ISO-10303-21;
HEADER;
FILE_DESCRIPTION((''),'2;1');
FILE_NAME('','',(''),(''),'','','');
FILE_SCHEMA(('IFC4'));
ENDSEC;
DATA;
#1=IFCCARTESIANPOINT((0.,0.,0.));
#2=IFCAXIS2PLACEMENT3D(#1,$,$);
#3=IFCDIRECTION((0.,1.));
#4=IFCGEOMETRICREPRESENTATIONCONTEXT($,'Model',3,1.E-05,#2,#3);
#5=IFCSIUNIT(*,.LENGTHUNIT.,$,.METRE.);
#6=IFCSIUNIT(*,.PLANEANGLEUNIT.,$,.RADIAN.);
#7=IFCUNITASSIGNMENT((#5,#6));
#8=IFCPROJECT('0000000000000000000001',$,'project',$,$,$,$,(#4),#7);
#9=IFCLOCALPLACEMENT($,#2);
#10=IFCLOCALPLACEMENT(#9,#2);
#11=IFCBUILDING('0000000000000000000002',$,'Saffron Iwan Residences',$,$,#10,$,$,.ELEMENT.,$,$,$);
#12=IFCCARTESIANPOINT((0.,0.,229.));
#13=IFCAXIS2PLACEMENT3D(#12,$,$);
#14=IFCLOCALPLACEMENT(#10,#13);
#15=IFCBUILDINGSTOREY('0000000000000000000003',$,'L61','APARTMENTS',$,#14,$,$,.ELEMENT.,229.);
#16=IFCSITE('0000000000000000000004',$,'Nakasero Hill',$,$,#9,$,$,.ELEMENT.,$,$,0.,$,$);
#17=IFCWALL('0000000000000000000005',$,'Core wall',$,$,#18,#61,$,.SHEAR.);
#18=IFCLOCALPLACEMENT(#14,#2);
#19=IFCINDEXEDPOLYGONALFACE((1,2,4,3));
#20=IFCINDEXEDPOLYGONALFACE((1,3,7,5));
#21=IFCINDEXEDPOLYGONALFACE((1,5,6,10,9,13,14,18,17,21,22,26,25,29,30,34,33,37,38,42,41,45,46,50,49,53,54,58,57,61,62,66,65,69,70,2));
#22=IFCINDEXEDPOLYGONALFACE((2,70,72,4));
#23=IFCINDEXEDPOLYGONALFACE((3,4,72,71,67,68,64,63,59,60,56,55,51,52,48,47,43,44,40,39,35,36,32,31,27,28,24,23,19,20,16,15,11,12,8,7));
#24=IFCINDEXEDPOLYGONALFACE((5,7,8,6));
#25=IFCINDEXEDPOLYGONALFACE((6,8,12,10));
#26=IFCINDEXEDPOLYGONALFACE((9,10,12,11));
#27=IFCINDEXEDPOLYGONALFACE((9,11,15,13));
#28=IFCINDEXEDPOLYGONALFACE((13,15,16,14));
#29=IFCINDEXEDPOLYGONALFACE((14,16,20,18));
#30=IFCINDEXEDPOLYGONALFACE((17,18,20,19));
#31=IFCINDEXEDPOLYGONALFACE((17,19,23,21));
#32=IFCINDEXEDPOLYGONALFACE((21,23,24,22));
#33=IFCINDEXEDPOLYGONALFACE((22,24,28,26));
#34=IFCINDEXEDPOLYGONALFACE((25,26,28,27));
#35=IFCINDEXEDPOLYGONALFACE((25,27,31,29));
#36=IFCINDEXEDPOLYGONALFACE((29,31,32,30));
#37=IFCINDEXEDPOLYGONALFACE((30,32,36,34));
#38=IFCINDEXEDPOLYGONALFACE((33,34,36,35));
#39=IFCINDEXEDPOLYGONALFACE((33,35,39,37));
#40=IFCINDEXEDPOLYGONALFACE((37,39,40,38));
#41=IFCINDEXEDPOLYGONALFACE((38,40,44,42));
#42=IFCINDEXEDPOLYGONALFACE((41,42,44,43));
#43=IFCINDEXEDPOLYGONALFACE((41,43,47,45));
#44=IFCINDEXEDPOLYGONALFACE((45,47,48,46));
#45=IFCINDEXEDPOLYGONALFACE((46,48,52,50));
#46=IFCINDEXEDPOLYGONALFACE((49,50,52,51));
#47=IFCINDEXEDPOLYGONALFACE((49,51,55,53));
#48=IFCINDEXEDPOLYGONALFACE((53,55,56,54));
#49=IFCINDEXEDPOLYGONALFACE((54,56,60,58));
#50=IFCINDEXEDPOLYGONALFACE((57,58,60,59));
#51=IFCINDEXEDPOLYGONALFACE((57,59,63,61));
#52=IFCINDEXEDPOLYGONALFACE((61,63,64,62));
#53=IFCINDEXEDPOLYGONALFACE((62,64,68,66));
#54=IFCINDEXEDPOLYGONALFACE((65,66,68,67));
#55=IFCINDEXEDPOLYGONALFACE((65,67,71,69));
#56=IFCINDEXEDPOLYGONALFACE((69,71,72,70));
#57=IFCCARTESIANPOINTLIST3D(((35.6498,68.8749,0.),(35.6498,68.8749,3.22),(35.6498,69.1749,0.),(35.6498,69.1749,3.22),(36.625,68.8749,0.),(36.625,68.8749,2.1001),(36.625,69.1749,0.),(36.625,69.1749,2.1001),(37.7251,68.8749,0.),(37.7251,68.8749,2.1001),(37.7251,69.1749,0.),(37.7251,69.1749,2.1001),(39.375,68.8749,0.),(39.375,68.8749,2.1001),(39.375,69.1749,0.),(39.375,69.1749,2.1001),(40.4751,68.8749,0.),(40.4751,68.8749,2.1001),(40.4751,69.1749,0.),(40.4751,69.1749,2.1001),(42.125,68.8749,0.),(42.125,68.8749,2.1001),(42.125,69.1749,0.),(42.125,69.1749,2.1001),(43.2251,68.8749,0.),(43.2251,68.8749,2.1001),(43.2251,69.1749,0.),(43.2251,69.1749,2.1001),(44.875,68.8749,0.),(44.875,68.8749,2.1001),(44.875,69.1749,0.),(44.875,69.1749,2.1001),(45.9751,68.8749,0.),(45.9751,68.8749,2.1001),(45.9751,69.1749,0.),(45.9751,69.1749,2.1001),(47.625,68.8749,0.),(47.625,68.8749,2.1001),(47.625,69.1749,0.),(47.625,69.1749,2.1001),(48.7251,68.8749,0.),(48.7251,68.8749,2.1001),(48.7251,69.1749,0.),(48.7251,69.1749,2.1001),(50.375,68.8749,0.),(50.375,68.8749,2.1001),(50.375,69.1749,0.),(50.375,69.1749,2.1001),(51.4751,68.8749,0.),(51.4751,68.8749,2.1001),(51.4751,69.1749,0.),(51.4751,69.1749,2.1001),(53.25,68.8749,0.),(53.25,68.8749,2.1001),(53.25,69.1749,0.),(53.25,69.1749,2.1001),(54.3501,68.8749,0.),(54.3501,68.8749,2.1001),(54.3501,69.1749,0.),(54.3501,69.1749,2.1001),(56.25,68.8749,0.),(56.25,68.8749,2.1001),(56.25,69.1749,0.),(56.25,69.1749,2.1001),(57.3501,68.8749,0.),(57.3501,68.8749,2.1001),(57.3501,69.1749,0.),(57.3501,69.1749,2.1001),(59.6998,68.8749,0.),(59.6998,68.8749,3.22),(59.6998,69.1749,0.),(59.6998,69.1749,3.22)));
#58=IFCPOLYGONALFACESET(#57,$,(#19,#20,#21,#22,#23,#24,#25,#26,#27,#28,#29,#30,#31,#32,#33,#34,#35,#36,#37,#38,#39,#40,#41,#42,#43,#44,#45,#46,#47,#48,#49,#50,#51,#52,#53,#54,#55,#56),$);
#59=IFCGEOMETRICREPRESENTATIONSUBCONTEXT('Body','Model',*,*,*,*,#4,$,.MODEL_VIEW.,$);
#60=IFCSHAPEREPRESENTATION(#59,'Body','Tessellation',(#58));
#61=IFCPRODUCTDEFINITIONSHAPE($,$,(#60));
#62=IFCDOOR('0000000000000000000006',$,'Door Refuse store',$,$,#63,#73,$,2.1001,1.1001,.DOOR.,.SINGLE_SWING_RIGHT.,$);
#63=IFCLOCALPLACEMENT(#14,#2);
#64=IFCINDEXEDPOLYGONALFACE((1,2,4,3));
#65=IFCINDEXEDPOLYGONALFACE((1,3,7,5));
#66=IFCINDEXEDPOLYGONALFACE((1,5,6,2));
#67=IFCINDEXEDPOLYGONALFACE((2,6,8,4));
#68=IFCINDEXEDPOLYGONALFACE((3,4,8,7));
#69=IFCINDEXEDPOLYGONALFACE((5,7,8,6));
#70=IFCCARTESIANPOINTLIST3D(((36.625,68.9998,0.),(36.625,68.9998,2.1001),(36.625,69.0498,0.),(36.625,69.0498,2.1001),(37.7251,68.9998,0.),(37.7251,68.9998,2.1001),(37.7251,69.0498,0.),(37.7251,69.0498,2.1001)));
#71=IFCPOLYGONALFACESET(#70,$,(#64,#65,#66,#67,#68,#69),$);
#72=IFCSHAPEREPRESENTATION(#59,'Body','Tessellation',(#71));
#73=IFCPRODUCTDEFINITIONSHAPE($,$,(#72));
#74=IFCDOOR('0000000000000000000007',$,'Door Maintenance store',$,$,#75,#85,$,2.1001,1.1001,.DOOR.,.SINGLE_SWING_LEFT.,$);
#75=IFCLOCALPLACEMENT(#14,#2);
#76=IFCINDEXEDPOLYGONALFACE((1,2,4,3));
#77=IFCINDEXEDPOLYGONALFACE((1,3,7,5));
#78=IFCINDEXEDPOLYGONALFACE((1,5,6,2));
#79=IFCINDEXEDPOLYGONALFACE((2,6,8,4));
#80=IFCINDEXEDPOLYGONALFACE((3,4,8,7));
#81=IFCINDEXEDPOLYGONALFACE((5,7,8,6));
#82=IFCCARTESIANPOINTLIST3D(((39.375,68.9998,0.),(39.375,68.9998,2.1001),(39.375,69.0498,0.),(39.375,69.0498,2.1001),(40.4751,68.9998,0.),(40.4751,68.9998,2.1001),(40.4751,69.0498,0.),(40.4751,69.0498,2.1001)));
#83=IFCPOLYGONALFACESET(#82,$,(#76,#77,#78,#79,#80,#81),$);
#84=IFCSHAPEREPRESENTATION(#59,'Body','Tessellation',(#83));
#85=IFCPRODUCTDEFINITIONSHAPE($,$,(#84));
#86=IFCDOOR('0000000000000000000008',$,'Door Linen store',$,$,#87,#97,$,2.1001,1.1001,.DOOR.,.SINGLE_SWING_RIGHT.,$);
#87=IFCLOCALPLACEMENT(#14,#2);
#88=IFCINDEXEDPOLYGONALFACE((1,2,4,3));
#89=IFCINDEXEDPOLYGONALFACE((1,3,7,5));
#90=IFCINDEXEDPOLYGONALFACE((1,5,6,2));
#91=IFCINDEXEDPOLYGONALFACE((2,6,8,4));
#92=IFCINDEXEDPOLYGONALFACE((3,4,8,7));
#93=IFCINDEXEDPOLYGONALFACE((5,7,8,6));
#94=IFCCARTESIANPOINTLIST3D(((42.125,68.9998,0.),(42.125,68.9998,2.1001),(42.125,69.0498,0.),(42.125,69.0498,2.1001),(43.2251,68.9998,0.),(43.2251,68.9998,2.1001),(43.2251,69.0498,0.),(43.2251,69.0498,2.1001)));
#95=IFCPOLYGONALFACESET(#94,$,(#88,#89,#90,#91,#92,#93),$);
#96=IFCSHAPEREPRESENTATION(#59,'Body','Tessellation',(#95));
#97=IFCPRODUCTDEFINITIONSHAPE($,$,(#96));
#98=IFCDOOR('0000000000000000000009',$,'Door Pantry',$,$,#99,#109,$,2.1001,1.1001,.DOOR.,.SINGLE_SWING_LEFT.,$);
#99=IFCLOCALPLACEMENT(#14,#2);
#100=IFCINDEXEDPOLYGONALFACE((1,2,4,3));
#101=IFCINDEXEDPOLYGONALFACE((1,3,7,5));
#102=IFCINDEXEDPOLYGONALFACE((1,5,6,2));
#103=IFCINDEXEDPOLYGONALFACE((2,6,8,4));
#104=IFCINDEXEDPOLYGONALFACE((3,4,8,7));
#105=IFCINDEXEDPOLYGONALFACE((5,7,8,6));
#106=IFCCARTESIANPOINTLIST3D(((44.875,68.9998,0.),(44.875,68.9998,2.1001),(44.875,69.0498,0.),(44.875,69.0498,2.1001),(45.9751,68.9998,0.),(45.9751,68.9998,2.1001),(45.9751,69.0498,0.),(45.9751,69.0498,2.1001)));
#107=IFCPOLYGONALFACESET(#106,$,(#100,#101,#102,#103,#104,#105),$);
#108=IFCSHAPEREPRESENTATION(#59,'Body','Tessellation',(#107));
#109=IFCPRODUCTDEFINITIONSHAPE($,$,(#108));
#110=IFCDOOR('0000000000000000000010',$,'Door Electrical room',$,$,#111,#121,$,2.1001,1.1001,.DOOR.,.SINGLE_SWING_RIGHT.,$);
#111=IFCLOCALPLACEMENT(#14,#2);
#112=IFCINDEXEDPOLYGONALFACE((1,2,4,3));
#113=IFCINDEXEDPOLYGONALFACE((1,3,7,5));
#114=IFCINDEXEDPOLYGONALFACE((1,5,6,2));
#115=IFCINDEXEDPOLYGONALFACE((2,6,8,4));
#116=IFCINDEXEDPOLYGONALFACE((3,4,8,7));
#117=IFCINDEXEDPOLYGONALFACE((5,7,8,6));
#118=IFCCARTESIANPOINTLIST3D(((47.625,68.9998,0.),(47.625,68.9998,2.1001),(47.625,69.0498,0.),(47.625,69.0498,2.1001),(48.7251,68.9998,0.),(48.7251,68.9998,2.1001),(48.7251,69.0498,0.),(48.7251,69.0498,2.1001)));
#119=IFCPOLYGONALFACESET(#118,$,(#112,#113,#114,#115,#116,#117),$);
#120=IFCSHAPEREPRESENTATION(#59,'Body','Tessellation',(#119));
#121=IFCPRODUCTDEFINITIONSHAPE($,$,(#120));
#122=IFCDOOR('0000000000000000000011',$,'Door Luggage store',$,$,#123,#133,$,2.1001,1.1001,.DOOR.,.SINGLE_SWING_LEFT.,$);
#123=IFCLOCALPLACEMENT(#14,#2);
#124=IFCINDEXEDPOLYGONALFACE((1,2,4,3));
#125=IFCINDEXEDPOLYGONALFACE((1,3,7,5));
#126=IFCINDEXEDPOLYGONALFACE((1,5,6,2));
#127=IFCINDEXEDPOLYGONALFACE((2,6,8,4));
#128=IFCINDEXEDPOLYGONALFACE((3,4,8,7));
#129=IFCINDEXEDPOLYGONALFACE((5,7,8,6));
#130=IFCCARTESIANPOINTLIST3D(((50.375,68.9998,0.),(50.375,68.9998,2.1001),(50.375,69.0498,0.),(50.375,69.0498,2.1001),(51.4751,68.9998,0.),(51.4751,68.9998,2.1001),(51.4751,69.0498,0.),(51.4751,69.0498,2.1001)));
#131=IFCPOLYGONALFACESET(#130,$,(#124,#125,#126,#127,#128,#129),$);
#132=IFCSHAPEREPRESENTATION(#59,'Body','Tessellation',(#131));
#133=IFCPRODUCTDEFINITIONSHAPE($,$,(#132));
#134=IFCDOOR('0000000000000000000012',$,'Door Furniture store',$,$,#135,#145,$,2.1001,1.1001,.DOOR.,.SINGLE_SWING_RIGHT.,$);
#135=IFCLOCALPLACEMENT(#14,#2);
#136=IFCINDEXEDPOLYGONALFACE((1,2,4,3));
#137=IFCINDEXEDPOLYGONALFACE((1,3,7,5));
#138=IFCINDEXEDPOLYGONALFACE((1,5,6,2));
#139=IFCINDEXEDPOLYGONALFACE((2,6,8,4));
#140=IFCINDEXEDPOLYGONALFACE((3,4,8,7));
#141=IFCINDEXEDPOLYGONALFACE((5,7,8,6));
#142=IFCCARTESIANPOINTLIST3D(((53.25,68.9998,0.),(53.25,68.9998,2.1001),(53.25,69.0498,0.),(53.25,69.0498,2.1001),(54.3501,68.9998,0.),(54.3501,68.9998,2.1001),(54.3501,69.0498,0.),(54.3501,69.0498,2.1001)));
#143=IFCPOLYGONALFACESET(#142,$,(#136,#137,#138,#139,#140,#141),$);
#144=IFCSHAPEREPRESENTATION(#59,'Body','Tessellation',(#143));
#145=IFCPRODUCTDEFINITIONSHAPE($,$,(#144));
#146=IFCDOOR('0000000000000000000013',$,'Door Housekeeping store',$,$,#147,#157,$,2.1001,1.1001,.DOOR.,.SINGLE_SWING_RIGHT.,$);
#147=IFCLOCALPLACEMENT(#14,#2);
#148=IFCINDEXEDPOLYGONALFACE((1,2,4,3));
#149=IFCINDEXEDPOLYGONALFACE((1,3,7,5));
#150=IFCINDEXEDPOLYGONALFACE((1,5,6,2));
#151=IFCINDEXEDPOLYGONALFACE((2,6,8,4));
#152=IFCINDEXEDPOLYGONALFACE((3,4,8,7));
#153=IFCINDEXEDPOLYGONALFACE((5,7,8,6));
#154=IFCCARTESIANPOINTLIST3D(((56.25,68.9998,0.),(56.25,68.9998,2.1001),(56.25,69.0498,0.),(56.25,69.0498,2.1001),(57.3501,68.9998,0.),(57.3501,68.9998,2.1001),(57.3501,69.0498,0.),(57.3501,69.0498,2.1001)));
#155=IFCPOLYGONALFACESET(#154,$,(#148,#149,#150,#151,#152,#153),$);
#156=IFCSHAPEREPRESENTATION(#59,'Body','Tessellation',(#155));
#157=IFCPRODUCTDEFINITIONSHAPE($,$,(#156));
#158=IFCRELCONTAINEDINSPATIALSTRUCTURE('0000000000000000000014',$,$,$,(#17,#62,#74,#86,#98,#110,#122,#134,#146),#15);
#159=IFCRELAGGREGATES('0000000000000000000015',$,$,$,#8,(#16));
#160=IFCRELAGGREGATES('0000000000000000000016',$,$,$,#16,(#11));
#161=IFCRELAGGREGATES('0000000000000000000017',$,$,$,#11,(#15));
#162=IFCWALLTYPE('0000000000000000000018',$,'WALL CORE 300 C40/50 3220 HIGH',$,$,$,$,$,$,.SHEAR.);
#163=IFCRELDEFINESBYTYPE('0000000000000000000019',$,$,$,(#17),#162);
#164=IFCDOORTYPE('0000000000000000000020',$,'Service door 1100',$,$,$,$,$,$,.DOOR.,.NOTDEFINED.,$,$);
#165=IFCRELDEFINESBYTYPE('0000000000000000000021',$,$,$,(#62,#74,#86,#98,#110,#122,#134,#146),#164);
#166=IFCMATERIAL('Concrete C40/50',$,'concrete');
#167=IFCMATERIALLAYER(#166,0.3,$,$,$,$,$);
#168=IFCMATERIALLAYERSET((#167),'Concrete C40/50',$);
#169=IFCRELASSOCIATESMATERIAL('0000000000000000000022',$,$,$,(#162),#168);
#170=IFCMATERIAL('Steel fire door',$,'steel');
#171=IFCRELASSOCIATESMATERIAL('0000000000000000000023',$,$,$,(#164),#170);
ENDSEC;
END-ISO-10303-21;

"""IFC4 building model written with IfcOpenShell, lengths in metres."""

from ifc_helpers import new_model, si_unit, direction, frame, frame_2d, origin, place, context, subcontext, project, spatial, rectangle, extrude, material, layer, layer_set, type_object, element, fill, save


model = new_model("IFC4")

# Units and contexts
model_context = context("Model", 3, precision=1e-05, world=origin(), true_north=direction((0.0, 1.0)))
body_context = subcontext(model_context, "Body", "Model", "MODEL_VIEW")
ifc_project = project(units=[si_unit("LENGTHUNIT", "METRE"), si_unit("PLANEANGLEUNIT", "RADIAN")], contexts=[model_context])

# Site, building, storey
site_placement = place(None, origin())
site = spatial("IfcSite", under=ifc_project, at=site_placement, Name="Nakasero Hill", CompositionType="ELEMENT", RefElevation=0.0)
building_placement = place(site_placement, origin())
building = spatial("IfcBuilding", under=site, at=building_placement, Name="Saffron Iwan Residences", CompositionType="ELEMENT")
storey_placement = place(building_placement, frame((0.0, 0.0, 229.0)))
storey = spatial("IfcBuildingStorey", under=building, at=storey_placement, Name="L61", Description="APARTMENTS", CompositionType="ELEMENT", Elevation=229.0)

# Wall, openings, doors
ifc_material_1 = material(Name="Concrete C40/50", Category="concrete")
ifc_layer = layer(ifc_material_1, 0.3)
ifc_layer_set = layer_set([ifc_layer], Name="Concrete C40/50")
wall_type = type_object("IfcWallType", Name="WALL CORE 300 C40/50 3220 HIGH", PredefinedType="SHEAR", material=ifc_layer_set)
wall_1_placement = place(storey_placement, frame((35.6499, 69.0249, 0.0), z_axis=(0.0, 0.0, 1.0), x_axis=(1.0, 0.0, 0.0)))
wall_1 = element("IfcWall", 1, at=wall_1_placement, inside=storey, type_object=wall_type, Name="Core wall", PredefinedType="SHEAR", context=body_context, shape_type="SweptSolid", body=[
    extrude(rectangle(XDim=24.05, YDim=0.3, at=frame_2d((12.0249, 0.0))), origin(), (0.0, 0.0, 1.0), 3.22),
])
opening_1_placement = place(wall_1_placement, frame((0.9751, 0.0, 0.0)))
opening_1 = element("IfcOpeningElement", 2, at=opening_1_placement, cuts=wall_1, PredefinedType="OPENING", context=body_context, shape_type="SweptSolid", body=[
    extrude(rectangle(XDim=1.1001, YDim=2.1001, at=frame_2d((0.55, 1.05))), frame((0.0, 0.1602, 0.0), z_axis=(0.0, -1.0, 0.0), x_axis=(1.0, 0.0, 0.0)), (0.0, 0.0, 1.0), 0.3201),
])
opening_2_placement = place(wall_1_placement, frame((3.7251, 0.0, 0.0)))
opening_2 = element("IfcOpeningElement", 3, at=opening_2_placement, cuts=wall_1, PredefinedType="OPENING", context=body_context, shape_type="SweptSolid", body=[
    extrude(rectangle(XDim=1.1001, YDim=2.1001, at=frame_2d((0.55, 1.05))), frame((0.0, 0.1602, 0.0), z_axis=(0.0, -1.0, 0.0), x_axis=(1.0, 0.0, 0.0)), (0.0, 0.0, 1.0), 0.3201),
])
opening_3_placement = place(wall_1_placement, frame((6.4751, 0.0, 0.0)))
opening_3 = element("IfcOpeningElement", 4, at=opening_3_placement, cuts=wall_1, PredefinedType="OPENING", context=body_context, shape_type="SweptSolid", body=[
    extrude(rectangle(XDim=1.1001, YDim=2.1001, at=frame_2d((0.55, 1.05))), frame((0.0, 0.1602, 0.0), z_axis=(0.0, -1.0, 0.0), x_axis=(1.0, 0.0, 0.0)), (0.0, 0.0, 1.0), 0.3201),
])
opening_4_placement = place(wall_1_placement, frame((9.2251, 0.0, 0.0)))
opening_4 = element("IfcOpeningElement", 5, at=opening_4_placement, cuts=wall_1, PredefinedType="OPENING", context=body_context, shape_type="SweptSolid", body=[
    extrude(rectangle(XDim=1.1001, YDim=2.1001, at=frame_2d((0.55, 1.05))), frame((0.0, 0.1602, 0.0), z_axis=(0.0, -1.0, 0.0), x_axis=(1.0, 0.0, 0.0)), (0.0, 0.0, 1.0), 0.3201),
])
opening_5_placement = place(wall_1_placement, frame((11.9751, 0.0, 0.0)))
opening_5 = element("IfcOpeningElement", 6, at=opening_5_placement, cuts=wall_1, PredefinedType="OPENING", context=body_context, shape_type="SweptSolid", body=[
    extrude(rectangle(XDim=1.1001, YDim=2.1001, at=frame_2d((0.55, 1.05))), frame((0.0, 0.1602, 0.0), z_axis=(0.0, -1.0, 0.0), x_axis=(1.0, 0.0, 0.0)), (0.0, 0.0, 1.0), 0.3201),
])
opening_6_placement = place(wall_1_placement, frame((14.7251, 0.0, 0.0)))
opening_6 = element("IfcOpeningElement", 7, at=opening_6_placement, cuts=wall_1, PredefinedType="OPENING", context=body_context, shape_type="SweptSolid", body=[
    extrude(rectangle(XDim=1.1001, YDim=2.1001, at=frame_2d((0.55, 1.05))), frame((0.0, 0.1602, 0.0), z_axis=(0.0, -1.0, 0.0), x_axis=(1.0, 0.0, 0.0)), (0.0, 0.0, 1.0), 0.3201),
])
opening_7_placement = place(wall_1_placement, frame((17.6001, 0.0, 0.0)))
opening_7 = element("IfcOpeningElement", 8, at=opening_7_placement, cuts=wall_1, PredefinedType="OPENING", context=body_context, shape_type="SweptSolid", body=[
    extrude(rectangle(XDim=1.1001, YDim=2.1001, at=frame_2d((0.55, 1.05))), frame((0.0, 0.1602, 0.0), z_axis=(0.0, -1.0, 0.0), x_axis=(1.0, 0.0, 0.0)), (0.0, 0.0, 1.0), 0.3201),
])
opening_8_placement = place(wall_1_placement, frame((20.6001, 0.0, 0.0)))
opening_8 = element("IfcOpeningElement", 9, at=opening_8_placement, cuts=wall_1, PredefinedType="OPENING", context=body_context, shape_type="SweptSolid", body=[
    extrude(rectangle(XDim=1.1001, YDim=2.1001, at=frame_2d((0.55, 1.05))), frame((0.0, 0.1602, 0.0), z_axis=(0.0, -1.0, 0.0), x_axis=(1.0, 0.0, 0.0)), (0.0, 0.0, 1.0), 0.3201),
])
ifc_material_2 = material(Name="Steel fire door", Category="steel")
door_type_1 = type_object("IfcDoorType", Name="Service door 1100", OperationType="NOTDEFINED", PredefinedType="DOOR", material=ifc_material_2)
door_1_placement = place(opening_1_placement, origin())
door_1 = element("IfcDoor", 10, at=door_1_placement, inside=storey, type_object=door_type_1, Name="Door Refuse store", OperationType="SINGLE_SWING_RIGHT", OverallHeight=2.1001, OverallWidth=1.1001, PredefinedType="DOOR", context=body_context, shape_type="SweptSolid", body=[
    extrude(rectangle(XDim=1.1001, YDim=2.1001, at=frame_2d((0.55, 1.05))), frame((0.0, 0.0249, 0.0), z_axis=(0.0, -1.0, 0.0), x_axis=(1.0, 0.0, 0.0)), (0.0, 0.0, 1.0), 0.05),
])
fill(opening_1, door_1)
door_2_placement = place(opening_2_placement, origin())
door_2 = element("IfcDoor", 11, at=door_2_placement, inside=storey, type_object=door_type_1, Name="Door Maintenance store", OperationType="SINGLE_SWING_LEFT", OverallHeight=2.1001, OverallWidth=1.1001, PredefinedType="DOOR", context=body_context, shape_type="SweptSolid", body=[
    extrude(rectangle(XDim=1.1001, YDim=2.1001, at=frame_2d((0.55, 1.05))), frame((0.0, 0.0249, 0.0), z_axis=(0.0, -1.0, 0.0), x_axis=(1.0, 0.0, 0.0)), (0.0, 0.0, 1.0), 0.05),
])
fill(opening_2, door_2)
door_3_placement = place(opening_3_placement, origin())
door_3 = element("IfcDoor", 12, at=door_3_placement, inside=storey, type_object=door_type_1, Name="Door Linen store", OperationType="SINGLE_SWING_RIGHT", OverallHeight=2.1001, OverallWidth=1.1001, PredefinedType="DOOR", context=body_context, shape_type="SweptSolid", body=[
    extrude(rectangle(XDim=1.1001, YDim=2.1001, at=frame_2d((0.55, 1.05))), frame((0.0, 0.0249, 0.0), z_axis=(0.0, -1.0, 0.0), x_axis=(1.0, 0.0, 0.0)), (0.0, 0.0, 1.0), 0.05),
])
fill(opening_3, door_3)
door_4_placement = place(opening_4_placement, origin())
door_4 = element("IfcDoor", 13, at=door_4_placement, inside=storey, type_object=door_type_1, Name="Door Pantry", OperationType="SINGLE_SWING_LEFT", OverallHeight=2.1001, OverallWidth=1.1001, PredefinedType="DOOR", context=body_context, shape_type="SweptSolid", body=[
    extrude(rectangle(XDim=1.1001, YDim=2.1001, at=frame_2d((0.55, 1.05))), frame((0.0, 0.0249, 0.0), z_axis=(0.0, -1.0, 0.0), x_axis=(1.0, 0.0, 0.0)), (0.0, 0.0, 1.0), 0.05),
])
fill(opening_4, door_4)
door_5_placement = place(opening_5_placement, origin())
door_5 = element("IfcDoor", 14, at=door_5_placement, inside=storey, type_object=door_type_1, Name="Door Electrical room", OperationType="SINGLE_SWING_RIGHT", OverallHeight=2.1001, OverallWidth=1.1001, PredefinedType="DOOR", context=body_context, shape_type="SweptSolid", body=[
    extrude(rectangle(XDim=1.1001, YDim=2.1001, at=frame_2d((0.55, 1.05))), frame((0.0, 0.0249, 0.0), z_axis=(0.0, -1.0, 0.0), x_axis=(1.0, 0.0, 0.0)), (0.0, 0.0, 1.0), 0.05),
])
fill(opening_5, door_5)
door_6_placement = place(opening_6_placement, origin())
door_6 = element("IfcDoor", 15, at=door_6_placement, inside=storey, type_object=door_type_1, Name="Door Luggage store", OperationType="SINGLE_SWING_LEFT", OverallHeight=2.1001, OverallWidth=1.1001, PredefinedType="DOOR", context=body_context, shape_type="SweptSolid", body=[
    extrude(rectangle(XDim=1.1001, YDim=2.1001, at=frame_2d((0.55, 1.05))), frame((0.0, 0.0249, 0.0), z_axis=(0.0, -1.0, 0.0), x_axis=(1.0, 0.0, 0.0)), (0.0, 0.0, 1.0), 0.05),
])
fill(opening_6, door_6)
door_7_placement = place(opening_7_placement, origin())
door_7 = element("IfcDoor", 16, at=door_7_placement, inside=storey, type_object=door_type_1, Name="Door Furniture store", OperationType="SINGLE_SWING_RIGHT", OverallHeight=2.1001, OverallWidth=1.1001, PredefinedType="DOOR", context=body_context, shape_type="SweptSolid", body=[
    extrude(rectangle(XDim=1.1001, YDim=2.1001, at=frame_2d((0.55, 1.05))), frame((0.0, 0.0249, 0.0), z_axis=(0.0, -1.0, 0.0), x_axis=(1.0, 0.0, 0.0)), (0.0, 0.0, 1.0), 0.05),
])
fill(opening_7, door_7)
door_8_placement = place(opening_8_placement, origin())
door_8 = element("IfcDoor", 17, at=door_8_placement, inside=storey, type_object=door_type_1, Name="Door Housekeeping store", OperationType="SINGLE_SWING_RIGHT", OverallHeight=2.1001, OverallWidth=1.1001, PredefinedType="DOOR", context=body_context, shape_type="SweptSolid", body=[
    extrude(rectangle(XDim=1.1001, YDim=2.1001, at=frame_2d((0.55, 1.05))), frame((0.0, 0.0249, 0.0), z_axis=(0.0, -1.0, 0.0), x_axis=(1.0, 0.0, 0.0)), (0.0, 0.0, 1.0), 0.05),
])
fill(opening_8, door_8)

save(model, "model.ifc")
